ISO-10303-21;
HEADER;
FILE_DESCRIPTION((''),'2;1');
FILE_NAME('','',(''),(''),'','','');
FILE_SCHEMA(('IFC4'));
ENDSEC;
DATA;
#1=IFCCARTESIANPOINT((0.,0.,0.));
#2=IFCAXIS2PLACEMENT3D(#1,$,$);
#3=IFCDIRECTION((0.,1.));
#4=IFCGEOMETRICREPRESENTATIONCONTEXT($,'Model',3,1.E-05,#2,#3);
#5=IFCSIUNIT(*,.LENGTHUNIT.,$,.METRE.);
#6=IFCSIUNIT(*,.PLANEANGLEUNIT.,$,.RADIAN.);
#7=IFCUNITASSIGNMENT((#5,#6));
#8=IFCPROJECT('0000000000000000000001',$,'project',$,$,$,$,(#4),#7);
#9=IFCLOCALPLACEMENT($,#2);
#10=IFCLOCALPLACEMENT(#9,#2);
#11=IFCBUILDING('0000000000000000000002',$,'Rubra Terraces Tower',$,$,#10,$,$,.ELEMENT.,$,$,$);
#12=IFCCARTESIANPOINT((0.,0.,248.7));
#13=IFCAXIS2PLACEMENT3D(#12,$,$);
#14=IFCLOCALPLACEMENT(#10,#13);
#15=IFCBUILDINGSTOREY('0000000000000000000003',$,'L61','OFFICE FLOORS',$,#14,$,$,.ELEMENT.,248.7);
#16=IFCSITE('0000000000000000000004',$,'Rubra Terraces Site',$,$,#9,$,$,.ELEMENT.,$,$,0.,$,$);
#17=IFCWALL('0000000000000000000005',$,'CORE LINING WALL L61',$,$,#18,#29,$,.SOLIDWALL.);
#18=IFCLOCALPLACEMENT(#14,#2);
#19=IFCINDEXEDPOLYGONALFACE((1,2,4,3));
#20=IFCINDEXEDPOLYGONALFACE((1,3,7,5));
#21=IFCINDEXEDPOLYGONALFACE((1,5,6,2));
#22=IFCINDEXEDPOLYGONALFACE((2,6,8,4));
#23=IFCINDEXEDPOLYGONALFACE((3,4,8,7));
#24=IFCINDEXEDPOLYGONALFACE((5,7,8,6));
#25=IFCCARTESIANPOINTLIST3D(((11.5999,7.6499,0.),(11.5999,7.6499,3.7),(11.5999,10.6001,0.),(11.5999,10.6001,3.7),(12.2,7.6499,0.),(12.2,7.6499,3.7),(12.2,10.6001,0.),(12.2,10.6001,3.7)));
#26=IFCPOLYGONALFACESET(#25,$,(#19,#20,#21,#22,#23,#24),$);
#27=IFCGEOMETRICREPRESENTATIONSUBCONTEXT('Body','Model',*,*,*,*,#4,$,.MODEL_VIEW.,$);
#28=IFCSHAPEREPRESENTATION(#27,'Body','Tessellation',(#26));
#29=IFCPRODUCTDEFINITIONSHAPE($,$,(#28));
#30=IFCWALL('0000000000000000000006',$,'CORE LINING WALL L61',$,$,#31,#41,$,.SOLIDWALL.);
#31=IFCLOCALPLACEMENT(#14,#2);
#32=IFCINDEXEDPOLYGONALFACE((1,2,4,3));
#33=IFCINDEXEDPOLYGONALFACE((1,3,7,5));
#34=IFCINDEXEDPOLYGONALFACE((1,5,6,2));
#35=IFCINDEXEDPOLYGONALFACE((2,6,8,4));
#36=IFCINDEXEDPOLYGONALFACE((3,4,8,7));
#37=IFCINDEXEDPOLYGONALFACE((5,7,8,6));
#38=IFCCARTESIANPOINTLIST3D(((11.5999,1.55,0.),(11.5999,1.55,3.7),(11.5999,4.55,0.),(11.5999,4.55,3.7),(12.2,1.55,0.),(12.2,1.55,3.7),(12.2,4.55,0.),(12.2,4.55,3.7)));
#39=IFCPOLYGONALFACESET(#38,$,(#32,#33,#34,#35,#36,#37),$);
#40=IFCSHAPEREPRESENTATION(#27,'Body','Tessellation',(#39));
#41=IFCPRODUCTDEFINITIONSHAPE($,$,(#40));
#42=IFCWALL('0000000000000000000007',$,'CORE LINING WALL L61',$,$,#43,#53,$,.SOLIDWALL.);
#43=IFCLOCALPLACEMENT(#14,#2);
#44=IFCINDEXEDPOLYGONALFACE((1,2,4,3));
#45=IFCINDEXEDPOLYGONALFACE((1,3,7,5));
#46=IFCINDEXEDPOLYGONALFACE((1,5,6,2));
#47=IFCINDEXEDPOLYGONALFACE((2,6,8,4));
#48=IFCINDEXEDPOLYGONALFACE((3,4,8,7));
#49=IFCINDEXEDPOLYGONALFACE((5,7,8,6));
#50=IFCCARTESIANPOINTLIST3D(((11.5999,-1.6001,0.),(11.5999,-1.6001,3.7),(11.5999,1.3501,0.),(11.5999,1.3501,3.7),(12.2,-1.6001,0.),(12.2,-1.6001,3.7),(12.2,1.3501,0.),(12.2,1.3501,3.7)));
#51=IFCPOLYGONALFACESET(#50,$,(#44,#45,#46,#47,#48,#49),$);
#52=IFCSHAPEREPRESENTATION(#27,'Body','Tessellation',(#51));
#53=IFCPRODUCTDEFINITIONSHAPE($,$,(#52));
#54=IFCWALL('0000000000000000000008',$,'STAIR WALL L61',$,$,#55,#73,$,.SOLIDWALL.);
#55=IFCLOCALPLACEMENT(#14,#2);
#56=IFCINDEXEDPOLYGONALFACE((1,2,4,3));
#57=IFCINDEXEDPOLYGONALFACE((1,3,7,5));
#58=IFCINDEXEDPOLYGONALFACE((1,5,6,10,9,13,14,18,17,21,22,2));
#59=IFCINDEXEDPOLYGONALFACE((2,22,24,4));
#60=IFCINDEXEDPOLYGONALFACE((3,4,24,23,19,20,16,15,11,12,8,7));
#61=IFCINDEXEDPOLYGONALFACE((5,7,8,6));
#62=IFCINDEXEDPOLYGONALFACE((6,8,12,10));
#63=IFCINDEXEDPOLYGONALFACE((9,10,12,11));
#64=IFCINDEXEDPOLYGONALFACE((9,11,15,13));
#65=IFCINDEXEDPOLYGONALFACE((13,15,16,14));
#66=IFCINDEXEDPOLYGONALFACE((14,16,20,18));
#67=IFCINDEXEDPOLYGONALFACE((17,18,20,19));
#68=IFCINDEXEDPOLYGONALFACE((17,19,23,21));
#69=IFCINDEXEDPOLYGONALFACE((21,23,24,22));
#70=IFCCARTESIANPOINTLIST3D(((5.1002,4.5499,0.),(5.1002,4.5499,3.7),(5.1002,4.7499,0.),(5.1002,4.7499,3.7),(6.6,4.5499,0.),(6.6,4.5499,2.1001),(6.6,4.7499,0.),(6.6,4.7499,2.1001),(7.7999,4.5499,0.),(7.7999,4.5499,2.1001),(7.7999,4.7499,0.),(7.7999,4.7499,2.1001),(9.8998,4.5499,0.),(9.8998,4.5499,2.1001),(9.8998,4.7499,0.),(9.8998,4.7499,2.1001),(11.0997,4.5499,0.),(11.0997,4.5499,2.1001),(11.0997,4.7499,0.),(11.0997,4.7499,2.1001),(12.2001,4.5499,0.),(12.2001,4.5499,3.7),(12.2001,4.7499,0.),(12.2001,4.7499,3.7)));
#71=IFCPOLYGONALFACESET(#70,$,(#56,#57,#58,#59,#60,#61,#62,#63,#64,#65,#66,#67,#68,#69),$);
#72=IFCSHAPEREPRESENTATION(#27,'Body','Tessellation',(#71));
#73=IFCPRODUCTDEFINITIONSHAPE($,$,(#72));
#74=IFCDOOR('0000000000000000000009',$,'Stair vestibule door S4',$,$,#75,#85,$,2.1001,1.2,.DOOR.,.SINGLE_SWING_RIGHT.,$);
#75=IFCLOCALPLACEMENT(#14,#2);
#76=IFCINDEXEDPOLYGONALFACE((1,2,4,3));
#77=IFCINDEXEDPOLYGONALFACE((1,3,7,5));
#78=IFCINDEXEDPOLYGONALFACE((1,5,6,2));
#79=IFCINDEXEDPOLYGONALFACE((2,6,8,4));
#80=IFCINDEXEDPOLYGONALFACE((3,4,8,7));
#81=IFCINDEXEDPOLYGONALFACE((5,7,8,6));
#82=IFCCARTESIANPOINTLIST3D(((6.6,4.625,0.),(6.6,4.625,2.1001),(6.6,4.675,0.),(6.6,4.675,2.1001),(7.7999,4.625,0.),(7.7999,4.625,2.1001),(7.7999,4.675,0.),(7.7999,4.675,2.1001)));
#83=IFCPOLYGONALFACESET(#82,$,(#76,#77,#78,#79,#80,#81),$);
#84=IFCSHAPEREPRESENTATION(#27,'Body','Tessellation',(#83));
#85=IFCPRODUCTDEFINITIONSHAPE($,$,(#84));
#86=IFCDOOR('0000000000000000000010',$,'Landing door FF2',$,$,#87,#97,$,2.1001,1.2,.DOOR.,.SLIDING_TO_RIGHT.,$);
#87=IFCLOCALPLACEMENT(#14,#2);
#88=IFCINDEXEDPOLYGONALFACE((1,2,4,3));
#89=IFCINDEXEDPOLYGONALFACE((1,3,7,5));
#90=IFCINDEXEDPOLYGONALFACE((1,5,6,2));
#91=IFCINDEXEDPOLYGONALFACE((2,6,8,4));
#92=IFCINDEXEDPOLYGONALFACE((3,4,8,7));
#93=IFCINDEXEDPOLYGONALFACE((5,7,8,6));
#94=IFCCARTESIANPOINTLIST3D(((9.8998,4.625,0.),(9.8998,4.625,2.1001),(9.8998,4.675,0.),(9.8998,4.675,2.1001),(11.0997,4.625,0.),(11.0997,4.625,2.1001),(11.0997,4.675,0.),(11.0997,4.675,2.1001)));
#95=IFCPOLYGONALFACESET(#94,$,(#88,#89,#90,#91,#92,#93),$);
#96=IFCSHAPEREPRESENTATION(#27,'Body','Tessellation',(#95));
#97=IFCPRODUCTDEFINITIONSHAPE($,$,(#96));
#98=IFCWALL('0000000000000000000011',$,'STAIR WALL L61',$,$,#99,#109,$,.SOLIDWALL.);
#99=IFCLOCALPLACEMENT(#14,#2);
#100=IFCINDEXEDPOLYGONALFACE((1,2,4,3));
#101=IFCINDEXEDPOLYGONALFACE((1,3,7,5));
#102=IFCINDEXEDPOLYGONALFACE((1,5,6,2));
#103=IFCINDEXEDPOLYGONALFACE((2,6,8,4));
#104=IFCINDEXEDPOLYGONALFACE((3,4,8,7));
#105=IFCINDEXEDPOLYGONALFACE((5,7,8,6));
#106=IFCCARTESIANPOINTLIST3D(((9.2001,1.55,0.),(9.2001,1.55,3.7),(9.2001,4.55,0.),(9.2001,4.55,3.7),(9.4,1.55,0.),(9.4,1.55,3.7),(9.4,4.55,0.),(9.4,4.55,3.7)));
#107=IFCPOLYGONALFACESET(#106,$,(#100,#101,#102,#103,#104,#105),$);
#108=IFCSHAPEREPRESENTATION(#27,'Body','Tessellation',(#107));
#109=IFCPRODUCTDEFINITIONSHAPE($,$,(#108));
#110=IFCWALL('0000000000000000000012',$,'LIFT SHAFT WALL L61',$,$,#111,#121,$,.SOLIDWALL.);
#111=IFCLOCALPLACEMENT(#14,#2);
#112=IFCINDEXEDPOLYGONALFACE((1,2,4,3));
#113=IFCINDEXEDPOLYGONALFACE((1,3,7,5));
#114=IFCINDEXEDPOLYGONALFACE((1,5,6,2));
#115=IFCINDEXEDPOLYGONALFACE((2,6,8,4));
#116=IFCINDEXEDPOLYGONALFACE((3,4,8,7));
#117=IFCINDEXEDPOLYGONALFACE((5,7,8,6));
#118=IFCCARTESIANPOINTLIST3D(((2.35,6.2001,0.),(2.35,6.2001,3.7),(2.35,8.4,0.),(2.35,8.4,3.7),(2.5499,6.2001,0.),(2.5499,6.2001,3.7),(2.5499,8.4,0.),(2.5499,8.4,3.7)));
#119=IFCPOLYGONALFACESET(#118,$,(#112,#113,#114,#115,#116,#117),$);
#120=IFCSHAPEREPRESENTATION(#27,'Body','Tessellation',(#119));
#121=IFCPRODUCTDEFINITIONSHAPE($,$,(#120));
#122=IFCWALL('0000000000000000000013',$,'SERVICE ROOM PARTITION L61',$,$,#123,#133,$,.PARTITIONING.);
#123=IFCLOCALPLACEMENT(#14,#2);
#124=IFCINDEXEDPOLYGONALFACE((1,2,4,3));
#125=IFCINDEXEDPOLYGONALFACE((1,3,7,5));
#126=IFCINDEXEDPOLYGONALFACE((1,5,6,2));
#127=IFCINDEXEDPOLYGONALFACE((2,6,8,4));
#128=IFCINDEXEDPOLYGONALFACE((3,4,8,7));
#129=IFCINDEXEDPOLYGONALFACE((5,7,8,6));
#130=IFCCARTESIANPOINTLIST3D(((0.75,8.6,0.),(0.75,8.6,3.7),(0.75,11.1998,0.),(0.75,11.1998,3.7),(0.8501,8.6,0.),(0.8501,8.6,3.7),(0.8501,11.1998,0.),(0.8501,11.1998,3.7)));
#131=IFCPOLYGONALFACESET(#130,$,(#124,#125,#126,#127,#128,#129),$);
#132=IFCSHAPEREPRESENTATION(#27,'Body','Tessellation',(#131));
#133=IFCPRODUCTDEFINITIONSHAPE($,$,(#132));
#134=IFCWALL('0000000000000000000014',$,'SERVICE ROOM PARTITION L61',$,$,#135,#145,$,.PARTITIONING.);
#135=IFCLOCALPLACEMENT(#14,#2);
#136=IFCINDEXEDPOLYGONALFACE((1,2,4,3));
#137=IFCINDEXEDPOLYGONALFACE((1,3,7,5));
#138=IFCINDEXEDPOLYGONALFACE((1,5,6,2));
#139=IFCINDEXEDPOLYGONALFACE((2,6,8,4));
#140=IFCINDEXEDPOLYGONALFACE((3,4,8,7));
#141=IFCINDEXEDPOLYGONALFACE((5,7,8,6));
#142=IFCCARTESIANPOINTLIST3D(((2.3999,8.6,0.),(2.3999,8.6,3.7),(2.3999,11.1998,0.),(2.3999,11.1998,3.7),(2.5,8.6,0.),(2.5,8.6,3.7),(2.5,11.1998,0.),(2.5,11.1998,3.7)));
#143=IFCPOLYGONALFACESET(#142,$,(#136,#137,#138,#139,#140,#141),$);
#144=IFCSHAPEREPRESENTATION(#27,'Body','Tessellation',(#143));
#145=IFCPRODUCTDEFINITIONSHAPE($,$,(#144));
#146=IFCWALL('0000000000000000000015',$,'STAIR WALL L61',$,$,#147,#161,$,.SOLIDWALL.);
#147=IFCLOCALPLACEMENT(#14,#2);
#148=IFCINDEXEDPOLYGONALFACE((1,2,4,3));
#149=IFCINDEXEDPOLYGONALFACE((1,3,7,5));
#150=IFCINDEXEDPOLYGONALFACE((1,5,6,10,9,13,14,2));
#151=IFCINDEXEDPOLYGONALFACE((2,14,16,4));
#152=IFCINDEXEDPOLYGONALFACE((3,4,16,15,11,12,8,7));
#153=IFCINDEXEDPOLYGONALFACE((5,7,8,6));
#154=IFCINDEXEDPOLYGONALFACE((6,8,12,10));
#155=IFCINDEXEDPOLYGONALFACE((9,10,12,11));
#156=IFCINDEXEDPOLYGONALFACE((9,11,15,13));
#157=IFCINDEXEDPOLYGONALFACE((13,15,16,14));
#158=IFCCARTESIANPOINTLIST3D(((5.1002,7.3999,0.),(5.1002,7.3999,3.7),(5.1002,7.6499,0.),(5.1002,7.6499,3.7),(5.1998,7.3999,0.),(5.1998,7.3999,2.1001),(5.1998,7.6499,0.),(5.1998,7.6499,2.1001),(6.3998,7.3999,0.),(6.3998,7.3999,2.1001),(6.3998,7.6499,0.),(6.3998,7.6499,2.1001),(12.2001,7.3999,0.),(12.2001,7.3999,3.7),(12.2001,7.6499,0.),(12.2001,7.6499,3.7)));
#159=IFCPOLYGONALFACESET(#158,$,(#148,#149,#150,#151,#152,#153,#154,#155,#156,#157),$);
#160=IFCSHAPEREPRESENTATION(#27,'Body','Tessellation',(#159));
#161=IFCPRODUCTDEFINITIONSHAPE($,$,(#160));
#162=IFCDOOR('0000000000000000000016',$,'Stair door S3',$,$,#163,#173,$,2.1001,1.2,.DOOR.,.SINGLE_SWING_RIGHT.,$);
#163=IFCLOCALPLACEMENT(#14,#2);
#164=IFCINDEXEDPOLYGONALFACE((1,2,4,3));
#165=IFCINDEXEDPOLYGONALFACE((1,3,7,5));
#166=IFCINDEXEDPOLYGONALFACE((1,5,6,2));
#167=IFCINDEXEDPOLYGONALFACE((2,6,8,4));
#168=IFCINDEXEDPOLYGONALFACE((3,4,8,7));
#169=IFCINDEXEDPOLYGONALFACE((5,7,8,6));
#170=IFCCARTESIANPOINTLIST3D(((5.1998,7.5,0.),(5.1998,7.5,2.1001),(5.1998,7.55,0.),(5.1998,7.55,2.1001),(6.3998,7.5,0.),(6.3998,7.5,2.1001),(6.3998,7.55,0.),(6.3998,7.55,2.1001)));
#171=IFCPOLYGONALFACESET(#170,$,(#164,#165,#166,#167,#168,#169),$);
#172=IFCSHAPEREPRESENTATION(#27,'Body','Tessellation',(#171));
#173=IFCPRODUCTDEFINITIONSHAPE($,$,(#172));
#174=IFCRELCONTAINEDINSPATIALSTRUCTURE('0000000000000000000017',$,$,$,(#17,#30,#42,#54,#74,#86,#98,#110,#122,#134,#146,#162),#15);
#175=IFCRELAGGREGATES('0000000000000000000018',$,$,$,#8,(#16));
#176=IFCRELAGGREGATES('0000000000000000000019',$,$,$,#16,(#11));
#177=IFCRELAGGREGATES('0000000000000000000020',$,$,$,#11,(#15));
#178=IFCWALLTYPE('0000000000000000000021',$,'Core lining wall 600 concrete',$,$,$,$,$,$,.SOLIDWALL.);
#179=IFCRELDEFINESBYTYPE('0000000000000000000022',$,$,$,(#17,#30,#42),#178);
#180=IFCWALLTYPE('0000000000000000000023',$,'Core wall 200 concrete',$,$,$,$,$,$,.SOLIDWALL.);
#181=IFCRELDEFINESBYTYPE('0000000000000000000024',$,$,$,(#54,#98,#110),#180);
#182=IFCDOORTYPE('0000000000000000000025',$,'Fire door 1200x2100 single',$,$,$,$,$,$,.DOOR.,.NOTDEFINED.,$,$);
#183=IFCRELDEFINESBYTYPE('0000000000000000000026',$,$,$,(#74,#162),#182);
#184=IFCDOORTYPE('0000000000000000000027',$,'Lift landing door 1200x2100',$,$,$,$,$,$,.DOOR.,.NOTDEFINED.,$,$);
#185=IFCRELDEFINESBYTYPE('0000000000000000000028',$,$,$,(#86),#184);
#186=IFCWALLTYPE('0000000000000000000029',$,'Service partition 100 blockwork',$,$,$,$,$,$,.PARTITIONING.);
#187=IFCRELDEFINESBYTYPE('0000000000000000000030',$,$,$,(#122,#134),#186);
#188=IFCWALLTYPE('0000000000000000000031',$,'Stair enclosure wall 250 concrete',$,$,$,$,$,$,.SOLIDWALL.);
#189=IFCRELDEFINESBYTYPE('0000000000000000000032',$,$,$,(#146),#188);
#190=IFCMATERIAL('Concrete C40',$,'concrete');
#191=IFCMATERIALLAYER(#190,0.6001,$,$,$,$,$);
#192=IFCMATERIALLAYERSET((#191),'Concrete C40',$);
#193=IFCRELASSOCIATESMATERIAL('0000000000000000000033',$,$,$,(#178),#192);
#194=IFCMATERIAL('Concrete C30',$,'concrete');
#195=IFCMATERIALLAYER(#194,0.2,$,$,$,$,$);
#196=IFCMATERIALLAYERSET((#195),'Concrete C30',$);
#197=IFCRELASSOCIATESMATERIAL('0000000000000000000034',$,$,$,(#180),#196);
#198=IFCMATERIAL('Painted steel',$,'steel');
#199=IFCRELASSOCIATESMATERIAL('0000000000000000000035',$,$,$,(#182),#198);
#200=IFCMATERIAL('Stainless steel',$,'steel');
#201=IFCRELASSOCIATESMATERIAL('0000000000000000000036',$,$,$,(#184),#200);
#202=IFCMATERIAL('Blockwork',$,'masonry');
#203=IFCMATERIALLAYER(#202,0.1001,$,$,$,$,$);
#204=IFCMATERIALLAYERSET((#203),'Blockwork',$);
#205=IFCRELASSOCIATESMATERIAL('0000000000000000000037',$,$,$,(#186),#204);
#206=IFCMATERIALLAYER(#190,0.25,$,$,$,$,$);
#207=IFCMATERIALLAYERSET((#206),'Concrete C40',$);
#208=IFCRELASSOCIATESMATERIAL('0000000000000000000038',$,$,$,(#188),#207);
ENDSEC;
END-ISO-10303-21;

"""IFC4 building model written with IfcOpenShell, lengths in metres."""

from ifc_helpers import new_model, si_unit, direction, frame, frame_2d, origin, place, context, subcontext, project, spatial, rectangle, extrude, material, layer, layer_set, type_object, element, fill, save


model = new_model("IFC4")

# Units and contexts
model_context = context("Model", 3, precision=1e-05, world=origin(), true_north=direction((0.0, 1.0)))
body_context = subcontext(model_context, "Body", "Model", "MODEL_VIEW")
ifc_project = project(units=[si_unit("LENGTHUNIT", "METRE"), si_unit("PLANEANGLEUNIT", "RADIAN")], contexts=[model_context])

# Site, building, storey
site_placement = place(None, origin())
site = spatial("IfcSite", under=ifc_project, at=site_placement, Name="Rubra Terraces Site", CompositionType="ELEMENT", RefElevation=0.0)
building_placement = place(site_placement, origin())
building = spatial("IfcBuilding", under=site, at=building_placement, Name="Rubra Terraces Tower", CompositionType="ELEMENT")
storey_placement = place(building_placement, frame((0.0, 0.0, 248.7)))
storey = spatial("IfcBuildingStorey", under=building, at=storey_placement, Name="L61", Description="OFFICE FLOORS", CompositionType="ELEMENT", Elevation=248.7)

# Walls
ifc_material_1 = material(Name="Concrete C40", Category="concrete")
ifc_layer_1 = layer(ifc_material_1, 0.6001)
ifc_layer_set_1 = layer_set([ifc_layer_1], Name="Concrete C40")
wall_type_1 = type_object("IfcWallType", Name="Core lining wall 600 concrete", PredefinedType="SOLIDWALL", material=ifc_layer_set_1)
wall_1_placement = place(storey_placement, frame((11.8999, 10.6001, 0.0), z_axis=(0.0, 0.0, 1.0), x_axis=(0.0, -1.0, 0.0)))
element("IfcWall", 1, at=wall_1_placement, inside=storey, type_object=wall_type_1, Name="CORE LINING WALL L61", PredefinedType="SOLIDWALL", context=body_context, shape_type="SweptSolid", body=[
    extrude(rectangle(XDim=2.9502, YDim=0.6001, at=frame_2d((1.4751, 0.0))), origin(), (0.0, 0.0, 1.0), 3.7),
])
wall_2_placement = place(storey_placement, frame((11.8999, 4.55, 0.0), z_axis=(0.0, 0.0, 1.0), x_axis=(0.0, -1.0, 0.0)))
element("IfcWall", 2, at=wall_2_placement, inside=storey, type_object=wall_type_1, Name="CORE LINING WALL L61", PredefinedType="SOLIDWALL", context=body_context, shape_type="SweptSolid", body=[
    extrude(rectangle(XDim=3.0, YDim=0.6001, at=frame_2d((1.5, 0.0))), origin(), (0.0, 0.0, 1.0), 3.7),
])
wall_3_placement = place(storey_placement, frame((11.8999, 1.3501, 0.0), z_axis=(0.0, 0.0, 1.0), x_axis=(0.0, -1.0, 0.0)))
element("IfcWall", 3, at=wall_3_placement, inside=storey, type_object=wall_type_1, Name="CORE LINING WALL L61", PredefinedType="SOLIDWALL", context=body_context, shape_type="SweptSolid", body=[
    extrude(rectangle(XDim=2.9502, YDim=0.6001, at=frame_2d((1.4751, 0.0))), origin(), (0.0, 0.0, 1.0), 3.7),
])

# Wall, openings, doors
ifc_material_2 = material(Name="Concrete C30", Category="concrete")
ifc_layer_2 = layer(ifc_material_2, 0.2)
ifc_layer_set_2 = layer_set([ifc_layer_2], Name="Concrete C30")
wall_type_2 = type_object("IfcWallType", Name="Core wall 200 concrete", PredefinedType="SOLIDWALL", material=ifc_layer_set_2)
wall_4_placement = place(storey_placement, frame((12.2, 4.6499, 0.0), z_axis=(0.0, 0.0, 1.0), x_axis=(-1.0, 0.0, 0.0)))
wall_4 = element("IfcWall", 4, at=wall_4_placement, inside=storey, type_object=wall_type_2, Name="STAIR WALL L61", PredefinedType="SOLIDWALL", context=body_context, shape_type="SweptSolid", body=[
    extrude(rectangle(XDim=7.0999, YDim=0.2, at=frame_2d((3.5498, 0.0))), origin(), (0.0, 0.0, 1.0), 3.7),
])
opening_1_placement = place(wall_4_placement, frame((4.3999, 0.0, 0.0)))
opening_1 = element("IfcOpeningElement", 5, at=opening_1_placement, cuts=wall_4, PredefinedType="OPENING", context=body_context, shape_type="SweptSolid", body=[
    extrude(rectangle(XDim=1.2, YDim=2.1001, at=frame_2d((0.6001, 1.05))), frame((0.0, 0.1099, 0.0), z_axis=(0.0, -1.0, 0.0), x_axis=(1.0, 0.0, 0.0)), (0.0, 0.0, 1.0), 0.22),
])
opening_2_placement = place(wall_4_placement, frame((1.1001, 0.0, 0.0)))
opening_2 = element("IfcOpeningElement", 6, at=opening_2_placement, cuts=wall_4, PredefinedType="OPENING", context=body_context, shape_type="SweptSolid", body=[
    extrude(rectangle(XDim=1.2, YDim=2.1001, at=frame_2d((0.6001, 1.05))), frame((0.0, 0.1099, 0.0), z_axis=(0.0, -1.0, 0.0), x_axis=(1.0, 0.0, 0.0)), (0.0, 0.0, 1.0), 0.22),
])
ifc_material_3 = material(Name="Painted steel", Category="steel")
door_type_1 = type_object("IfcDoorType", Name="Fire door 1200x2100 single", OperationType="NOTDEFINED", PredefinedType="DOOR", material=ifc_material_3)
door_1_placement = place(opening_1_placement, origin())
door_1 = element("IfcDoor", 7, at=door_1_placement, inside=storey, type_object=door_type_1, Name="Stair vestibule door S4", OperationType="SINGLE_SWING_RIGHT", OverallHeight=2.1001, OverallWidth=1.2, PredefinedType="DOOR", context=body_context, shape_type="SweptSolid", body=[
    extrude(rectangle(XDim=1.2, YDim=2.1001, at=frame_2d((0.6001, 1.05))), frame((0.0, 0.0249, 0.0), z_axis=(0.0, -1.0, 0.0), x_axis=(1.0, 0.0, 0.0)), (0.0, 0.0, 1.0), 0.05),
])
fill(opening_1, door_1)
ifc_material_4 = material(Name="Stainless steel", Category="steel")
door_type_2 = type_object("IfcDoorType", Name="Lift landing door 1200x2100", OperationType="NOTDEFINED", PredefinedType="DOOR", material=ifc_material_4)
door_2_placement = place(opening_2_placement, origin())
door_2 = element("IfcDoor", 8, at=door_2_placement, inside=storey, type_object=door_type_2, Name="Landing door FF2", OperationType="SLIDING_TO_RIGHT", OverallHeight=2.1001, OverallWidth=1.2, PredefinedType="DOOR", context=body_context, shape_type="SweptSolid", body=[
    extrude(rectangle(XDim=1.2, YDim=2.1001, at=frame_2d((0.6001, 1.05))), frame((0.0, 0.0249, 0.0), z_axis=(0.0, -1.0, 0.0), x_axis=(1.0, 0.0, 0.0)), (0.0, 0.0, 1.0), 0.05),
])
fill(opening_2, door_2)

# Walls
wall_5_placement = place(storey_placement, frame((9.3, 4.55, 0.0), z_axis=(0.0, 0.0, 1.0), x_axis=(0.0, -1.0, 0.0)))
element("IfcWall", 9, at=wall_5_placement, inside=storey, type_object=wall_type_2, Name="STAIR WALL L61", PredefinedType="SOLIDWALL", context=body_context, shape_type="SweptSolid", body=[
    extrude(rectangle(XDim=3.0, YDim=0.2, at=frame_2d((1.5, 0.0))), origin(), (0.0, 0.0, 1.0), 3.7),
])
wall_6_placement = place(storey_placement, frame((2.45, 6.2, 0.0), z_axis=(0.0, 0.0, 1.0), x_axis=(0.0, 1.0, 0.0)))
element("IfcWall", 10, at=wall_6_placement, inside=storey, type_object=wall_type_2, Name="LIFT SHAFT WALL L61", PredefinedType="SOLIDWALL", context=body_context, shape_type="SweptSolid", body=[
    extrude(rectangle(XDim=2.2, YDim=0.2, at=frame_2d((1.1001, 0.0))), origin(), (0.0, 0.0, 1.0), 3.7),
])
ifc_material_5 = material(Name="Blockwork", Category="masonry")
ifc_layer_3 = layer(ifc_material_5, 0.1001)
ifc_layer_set_3 = layer_set([ifc_layer_3], Name="Blockwork")
wall_type_3 = type_object("IfcWallType", Name="Service partition 100 blockwork", PredefinedType="PARTITIONING", material=ifc_layer_set_3)
for number, where, z_axis, x_axis, name in (
    (11, (0.8, 8.6001, 0.0), (0.0, 0.0, 1.0), (0.0, 1.0, 0.0), "SERVICE ROOM PARTITION L61"),
    (12, (2.45, 8.6001, 0.0), (0.0, 0.0, 1.0), (0.0, 1.0, 0.0), "SERVICE ROOM PARTITION L61"),
):
    element("IfcWall", number, at=place(storey_placement, frame(where, z_axis=z_axis, x_axis=x_axis)), inside=storey, type_object=wall_type_3, Name=name, PredefinedType="PARTITIONING", context=body_context, shape_type="SweptSolid", body=[
        extrude(rectangle(XDim=2.5999, YDim=0.1001, at=frame_2d((1.2998, 0.0))), origin(), (0.0, 0.0, 1.0), 3.7),
    ])

# Wall, opening, door
ifc_layer_4 = layer(ifc_material_1, 0.25)
ifc_layer_set_4 = layer_set([ifc_layer_4], Name="Concrete C40")
wall_type_4 = type_object("IfcWallType", Name="Stair enclosure wall 250 concrete", PredefinedType="SOLIDWALL", material=ifc_layer_set_4)
wall_7_placement = place(storey_placement, frame((12.2, 7.5249, 0.0), z_axis=(0.0, 0.0, 1.0), x_axis=(-1.0, 0.0, 0.0)))
wall_7 = element("IfcWall", 13, at=wall_7_placement, inside=storey, type_object=wall_type_4, Name="STAIR WALL L61", PredefinedType="SOLIDWALL", context=body_context, shape_type="SweptSolid", body=[
    extrude(rectangle(XDim=7.0999, YDim=0.25, at=frame_2d((3.5498, 0.0))), origin(), (0.0, 0.0, 1.0), 3.7),
])
opening_3_placement = place(wall_7_placement, frame((5.8, 0.0, 0.0)))
opening_3 = element("IfcOpeningElement", 14, at=opening_3_placement, cuts=wall_7, PredefinedType="OPENING", context=body_context, shape_type="SweptSolid", body=[
    extrude(rectangle(XDim=1.2, YDim=2.1001, at=frame_2d((0.6001, 1.05))), frame((0.0, 0.135, 0.0), z_axis=(0.0, -1.0, 0.0), x_axis=(1.0, 0.0, 0.0)), (0.0, 0.0, 1.0), 0.27),
])
door_3_placement = place(opening_3_placement, origin())
door_3 = element("IfcDoor", 15, at=door_3_placement, inside=storey, type_object=door_type_1, Name="Stair door S3", OperationType="SINGLE_SWING_RIGHT", OverallHeight=2.1001, OverallWidth=1.2, PredefinedType="DOOR", context=body_context, shape_type="SweptSolid", body=[
    extrude(rectangle(XDim=1.2, YDim=2.1001, at=frame_2d((0.6001, 1.05))), frame((0.0, 0.0249, 0.0), z_axis=(0.0, -1.0, 0.0), x_axis=(1.0, 0.0, 0.0)), (0.0, 0.0, 1.0), 0.05),
])
fill(opening_3, door_3)

save(model, "model.ifc")
